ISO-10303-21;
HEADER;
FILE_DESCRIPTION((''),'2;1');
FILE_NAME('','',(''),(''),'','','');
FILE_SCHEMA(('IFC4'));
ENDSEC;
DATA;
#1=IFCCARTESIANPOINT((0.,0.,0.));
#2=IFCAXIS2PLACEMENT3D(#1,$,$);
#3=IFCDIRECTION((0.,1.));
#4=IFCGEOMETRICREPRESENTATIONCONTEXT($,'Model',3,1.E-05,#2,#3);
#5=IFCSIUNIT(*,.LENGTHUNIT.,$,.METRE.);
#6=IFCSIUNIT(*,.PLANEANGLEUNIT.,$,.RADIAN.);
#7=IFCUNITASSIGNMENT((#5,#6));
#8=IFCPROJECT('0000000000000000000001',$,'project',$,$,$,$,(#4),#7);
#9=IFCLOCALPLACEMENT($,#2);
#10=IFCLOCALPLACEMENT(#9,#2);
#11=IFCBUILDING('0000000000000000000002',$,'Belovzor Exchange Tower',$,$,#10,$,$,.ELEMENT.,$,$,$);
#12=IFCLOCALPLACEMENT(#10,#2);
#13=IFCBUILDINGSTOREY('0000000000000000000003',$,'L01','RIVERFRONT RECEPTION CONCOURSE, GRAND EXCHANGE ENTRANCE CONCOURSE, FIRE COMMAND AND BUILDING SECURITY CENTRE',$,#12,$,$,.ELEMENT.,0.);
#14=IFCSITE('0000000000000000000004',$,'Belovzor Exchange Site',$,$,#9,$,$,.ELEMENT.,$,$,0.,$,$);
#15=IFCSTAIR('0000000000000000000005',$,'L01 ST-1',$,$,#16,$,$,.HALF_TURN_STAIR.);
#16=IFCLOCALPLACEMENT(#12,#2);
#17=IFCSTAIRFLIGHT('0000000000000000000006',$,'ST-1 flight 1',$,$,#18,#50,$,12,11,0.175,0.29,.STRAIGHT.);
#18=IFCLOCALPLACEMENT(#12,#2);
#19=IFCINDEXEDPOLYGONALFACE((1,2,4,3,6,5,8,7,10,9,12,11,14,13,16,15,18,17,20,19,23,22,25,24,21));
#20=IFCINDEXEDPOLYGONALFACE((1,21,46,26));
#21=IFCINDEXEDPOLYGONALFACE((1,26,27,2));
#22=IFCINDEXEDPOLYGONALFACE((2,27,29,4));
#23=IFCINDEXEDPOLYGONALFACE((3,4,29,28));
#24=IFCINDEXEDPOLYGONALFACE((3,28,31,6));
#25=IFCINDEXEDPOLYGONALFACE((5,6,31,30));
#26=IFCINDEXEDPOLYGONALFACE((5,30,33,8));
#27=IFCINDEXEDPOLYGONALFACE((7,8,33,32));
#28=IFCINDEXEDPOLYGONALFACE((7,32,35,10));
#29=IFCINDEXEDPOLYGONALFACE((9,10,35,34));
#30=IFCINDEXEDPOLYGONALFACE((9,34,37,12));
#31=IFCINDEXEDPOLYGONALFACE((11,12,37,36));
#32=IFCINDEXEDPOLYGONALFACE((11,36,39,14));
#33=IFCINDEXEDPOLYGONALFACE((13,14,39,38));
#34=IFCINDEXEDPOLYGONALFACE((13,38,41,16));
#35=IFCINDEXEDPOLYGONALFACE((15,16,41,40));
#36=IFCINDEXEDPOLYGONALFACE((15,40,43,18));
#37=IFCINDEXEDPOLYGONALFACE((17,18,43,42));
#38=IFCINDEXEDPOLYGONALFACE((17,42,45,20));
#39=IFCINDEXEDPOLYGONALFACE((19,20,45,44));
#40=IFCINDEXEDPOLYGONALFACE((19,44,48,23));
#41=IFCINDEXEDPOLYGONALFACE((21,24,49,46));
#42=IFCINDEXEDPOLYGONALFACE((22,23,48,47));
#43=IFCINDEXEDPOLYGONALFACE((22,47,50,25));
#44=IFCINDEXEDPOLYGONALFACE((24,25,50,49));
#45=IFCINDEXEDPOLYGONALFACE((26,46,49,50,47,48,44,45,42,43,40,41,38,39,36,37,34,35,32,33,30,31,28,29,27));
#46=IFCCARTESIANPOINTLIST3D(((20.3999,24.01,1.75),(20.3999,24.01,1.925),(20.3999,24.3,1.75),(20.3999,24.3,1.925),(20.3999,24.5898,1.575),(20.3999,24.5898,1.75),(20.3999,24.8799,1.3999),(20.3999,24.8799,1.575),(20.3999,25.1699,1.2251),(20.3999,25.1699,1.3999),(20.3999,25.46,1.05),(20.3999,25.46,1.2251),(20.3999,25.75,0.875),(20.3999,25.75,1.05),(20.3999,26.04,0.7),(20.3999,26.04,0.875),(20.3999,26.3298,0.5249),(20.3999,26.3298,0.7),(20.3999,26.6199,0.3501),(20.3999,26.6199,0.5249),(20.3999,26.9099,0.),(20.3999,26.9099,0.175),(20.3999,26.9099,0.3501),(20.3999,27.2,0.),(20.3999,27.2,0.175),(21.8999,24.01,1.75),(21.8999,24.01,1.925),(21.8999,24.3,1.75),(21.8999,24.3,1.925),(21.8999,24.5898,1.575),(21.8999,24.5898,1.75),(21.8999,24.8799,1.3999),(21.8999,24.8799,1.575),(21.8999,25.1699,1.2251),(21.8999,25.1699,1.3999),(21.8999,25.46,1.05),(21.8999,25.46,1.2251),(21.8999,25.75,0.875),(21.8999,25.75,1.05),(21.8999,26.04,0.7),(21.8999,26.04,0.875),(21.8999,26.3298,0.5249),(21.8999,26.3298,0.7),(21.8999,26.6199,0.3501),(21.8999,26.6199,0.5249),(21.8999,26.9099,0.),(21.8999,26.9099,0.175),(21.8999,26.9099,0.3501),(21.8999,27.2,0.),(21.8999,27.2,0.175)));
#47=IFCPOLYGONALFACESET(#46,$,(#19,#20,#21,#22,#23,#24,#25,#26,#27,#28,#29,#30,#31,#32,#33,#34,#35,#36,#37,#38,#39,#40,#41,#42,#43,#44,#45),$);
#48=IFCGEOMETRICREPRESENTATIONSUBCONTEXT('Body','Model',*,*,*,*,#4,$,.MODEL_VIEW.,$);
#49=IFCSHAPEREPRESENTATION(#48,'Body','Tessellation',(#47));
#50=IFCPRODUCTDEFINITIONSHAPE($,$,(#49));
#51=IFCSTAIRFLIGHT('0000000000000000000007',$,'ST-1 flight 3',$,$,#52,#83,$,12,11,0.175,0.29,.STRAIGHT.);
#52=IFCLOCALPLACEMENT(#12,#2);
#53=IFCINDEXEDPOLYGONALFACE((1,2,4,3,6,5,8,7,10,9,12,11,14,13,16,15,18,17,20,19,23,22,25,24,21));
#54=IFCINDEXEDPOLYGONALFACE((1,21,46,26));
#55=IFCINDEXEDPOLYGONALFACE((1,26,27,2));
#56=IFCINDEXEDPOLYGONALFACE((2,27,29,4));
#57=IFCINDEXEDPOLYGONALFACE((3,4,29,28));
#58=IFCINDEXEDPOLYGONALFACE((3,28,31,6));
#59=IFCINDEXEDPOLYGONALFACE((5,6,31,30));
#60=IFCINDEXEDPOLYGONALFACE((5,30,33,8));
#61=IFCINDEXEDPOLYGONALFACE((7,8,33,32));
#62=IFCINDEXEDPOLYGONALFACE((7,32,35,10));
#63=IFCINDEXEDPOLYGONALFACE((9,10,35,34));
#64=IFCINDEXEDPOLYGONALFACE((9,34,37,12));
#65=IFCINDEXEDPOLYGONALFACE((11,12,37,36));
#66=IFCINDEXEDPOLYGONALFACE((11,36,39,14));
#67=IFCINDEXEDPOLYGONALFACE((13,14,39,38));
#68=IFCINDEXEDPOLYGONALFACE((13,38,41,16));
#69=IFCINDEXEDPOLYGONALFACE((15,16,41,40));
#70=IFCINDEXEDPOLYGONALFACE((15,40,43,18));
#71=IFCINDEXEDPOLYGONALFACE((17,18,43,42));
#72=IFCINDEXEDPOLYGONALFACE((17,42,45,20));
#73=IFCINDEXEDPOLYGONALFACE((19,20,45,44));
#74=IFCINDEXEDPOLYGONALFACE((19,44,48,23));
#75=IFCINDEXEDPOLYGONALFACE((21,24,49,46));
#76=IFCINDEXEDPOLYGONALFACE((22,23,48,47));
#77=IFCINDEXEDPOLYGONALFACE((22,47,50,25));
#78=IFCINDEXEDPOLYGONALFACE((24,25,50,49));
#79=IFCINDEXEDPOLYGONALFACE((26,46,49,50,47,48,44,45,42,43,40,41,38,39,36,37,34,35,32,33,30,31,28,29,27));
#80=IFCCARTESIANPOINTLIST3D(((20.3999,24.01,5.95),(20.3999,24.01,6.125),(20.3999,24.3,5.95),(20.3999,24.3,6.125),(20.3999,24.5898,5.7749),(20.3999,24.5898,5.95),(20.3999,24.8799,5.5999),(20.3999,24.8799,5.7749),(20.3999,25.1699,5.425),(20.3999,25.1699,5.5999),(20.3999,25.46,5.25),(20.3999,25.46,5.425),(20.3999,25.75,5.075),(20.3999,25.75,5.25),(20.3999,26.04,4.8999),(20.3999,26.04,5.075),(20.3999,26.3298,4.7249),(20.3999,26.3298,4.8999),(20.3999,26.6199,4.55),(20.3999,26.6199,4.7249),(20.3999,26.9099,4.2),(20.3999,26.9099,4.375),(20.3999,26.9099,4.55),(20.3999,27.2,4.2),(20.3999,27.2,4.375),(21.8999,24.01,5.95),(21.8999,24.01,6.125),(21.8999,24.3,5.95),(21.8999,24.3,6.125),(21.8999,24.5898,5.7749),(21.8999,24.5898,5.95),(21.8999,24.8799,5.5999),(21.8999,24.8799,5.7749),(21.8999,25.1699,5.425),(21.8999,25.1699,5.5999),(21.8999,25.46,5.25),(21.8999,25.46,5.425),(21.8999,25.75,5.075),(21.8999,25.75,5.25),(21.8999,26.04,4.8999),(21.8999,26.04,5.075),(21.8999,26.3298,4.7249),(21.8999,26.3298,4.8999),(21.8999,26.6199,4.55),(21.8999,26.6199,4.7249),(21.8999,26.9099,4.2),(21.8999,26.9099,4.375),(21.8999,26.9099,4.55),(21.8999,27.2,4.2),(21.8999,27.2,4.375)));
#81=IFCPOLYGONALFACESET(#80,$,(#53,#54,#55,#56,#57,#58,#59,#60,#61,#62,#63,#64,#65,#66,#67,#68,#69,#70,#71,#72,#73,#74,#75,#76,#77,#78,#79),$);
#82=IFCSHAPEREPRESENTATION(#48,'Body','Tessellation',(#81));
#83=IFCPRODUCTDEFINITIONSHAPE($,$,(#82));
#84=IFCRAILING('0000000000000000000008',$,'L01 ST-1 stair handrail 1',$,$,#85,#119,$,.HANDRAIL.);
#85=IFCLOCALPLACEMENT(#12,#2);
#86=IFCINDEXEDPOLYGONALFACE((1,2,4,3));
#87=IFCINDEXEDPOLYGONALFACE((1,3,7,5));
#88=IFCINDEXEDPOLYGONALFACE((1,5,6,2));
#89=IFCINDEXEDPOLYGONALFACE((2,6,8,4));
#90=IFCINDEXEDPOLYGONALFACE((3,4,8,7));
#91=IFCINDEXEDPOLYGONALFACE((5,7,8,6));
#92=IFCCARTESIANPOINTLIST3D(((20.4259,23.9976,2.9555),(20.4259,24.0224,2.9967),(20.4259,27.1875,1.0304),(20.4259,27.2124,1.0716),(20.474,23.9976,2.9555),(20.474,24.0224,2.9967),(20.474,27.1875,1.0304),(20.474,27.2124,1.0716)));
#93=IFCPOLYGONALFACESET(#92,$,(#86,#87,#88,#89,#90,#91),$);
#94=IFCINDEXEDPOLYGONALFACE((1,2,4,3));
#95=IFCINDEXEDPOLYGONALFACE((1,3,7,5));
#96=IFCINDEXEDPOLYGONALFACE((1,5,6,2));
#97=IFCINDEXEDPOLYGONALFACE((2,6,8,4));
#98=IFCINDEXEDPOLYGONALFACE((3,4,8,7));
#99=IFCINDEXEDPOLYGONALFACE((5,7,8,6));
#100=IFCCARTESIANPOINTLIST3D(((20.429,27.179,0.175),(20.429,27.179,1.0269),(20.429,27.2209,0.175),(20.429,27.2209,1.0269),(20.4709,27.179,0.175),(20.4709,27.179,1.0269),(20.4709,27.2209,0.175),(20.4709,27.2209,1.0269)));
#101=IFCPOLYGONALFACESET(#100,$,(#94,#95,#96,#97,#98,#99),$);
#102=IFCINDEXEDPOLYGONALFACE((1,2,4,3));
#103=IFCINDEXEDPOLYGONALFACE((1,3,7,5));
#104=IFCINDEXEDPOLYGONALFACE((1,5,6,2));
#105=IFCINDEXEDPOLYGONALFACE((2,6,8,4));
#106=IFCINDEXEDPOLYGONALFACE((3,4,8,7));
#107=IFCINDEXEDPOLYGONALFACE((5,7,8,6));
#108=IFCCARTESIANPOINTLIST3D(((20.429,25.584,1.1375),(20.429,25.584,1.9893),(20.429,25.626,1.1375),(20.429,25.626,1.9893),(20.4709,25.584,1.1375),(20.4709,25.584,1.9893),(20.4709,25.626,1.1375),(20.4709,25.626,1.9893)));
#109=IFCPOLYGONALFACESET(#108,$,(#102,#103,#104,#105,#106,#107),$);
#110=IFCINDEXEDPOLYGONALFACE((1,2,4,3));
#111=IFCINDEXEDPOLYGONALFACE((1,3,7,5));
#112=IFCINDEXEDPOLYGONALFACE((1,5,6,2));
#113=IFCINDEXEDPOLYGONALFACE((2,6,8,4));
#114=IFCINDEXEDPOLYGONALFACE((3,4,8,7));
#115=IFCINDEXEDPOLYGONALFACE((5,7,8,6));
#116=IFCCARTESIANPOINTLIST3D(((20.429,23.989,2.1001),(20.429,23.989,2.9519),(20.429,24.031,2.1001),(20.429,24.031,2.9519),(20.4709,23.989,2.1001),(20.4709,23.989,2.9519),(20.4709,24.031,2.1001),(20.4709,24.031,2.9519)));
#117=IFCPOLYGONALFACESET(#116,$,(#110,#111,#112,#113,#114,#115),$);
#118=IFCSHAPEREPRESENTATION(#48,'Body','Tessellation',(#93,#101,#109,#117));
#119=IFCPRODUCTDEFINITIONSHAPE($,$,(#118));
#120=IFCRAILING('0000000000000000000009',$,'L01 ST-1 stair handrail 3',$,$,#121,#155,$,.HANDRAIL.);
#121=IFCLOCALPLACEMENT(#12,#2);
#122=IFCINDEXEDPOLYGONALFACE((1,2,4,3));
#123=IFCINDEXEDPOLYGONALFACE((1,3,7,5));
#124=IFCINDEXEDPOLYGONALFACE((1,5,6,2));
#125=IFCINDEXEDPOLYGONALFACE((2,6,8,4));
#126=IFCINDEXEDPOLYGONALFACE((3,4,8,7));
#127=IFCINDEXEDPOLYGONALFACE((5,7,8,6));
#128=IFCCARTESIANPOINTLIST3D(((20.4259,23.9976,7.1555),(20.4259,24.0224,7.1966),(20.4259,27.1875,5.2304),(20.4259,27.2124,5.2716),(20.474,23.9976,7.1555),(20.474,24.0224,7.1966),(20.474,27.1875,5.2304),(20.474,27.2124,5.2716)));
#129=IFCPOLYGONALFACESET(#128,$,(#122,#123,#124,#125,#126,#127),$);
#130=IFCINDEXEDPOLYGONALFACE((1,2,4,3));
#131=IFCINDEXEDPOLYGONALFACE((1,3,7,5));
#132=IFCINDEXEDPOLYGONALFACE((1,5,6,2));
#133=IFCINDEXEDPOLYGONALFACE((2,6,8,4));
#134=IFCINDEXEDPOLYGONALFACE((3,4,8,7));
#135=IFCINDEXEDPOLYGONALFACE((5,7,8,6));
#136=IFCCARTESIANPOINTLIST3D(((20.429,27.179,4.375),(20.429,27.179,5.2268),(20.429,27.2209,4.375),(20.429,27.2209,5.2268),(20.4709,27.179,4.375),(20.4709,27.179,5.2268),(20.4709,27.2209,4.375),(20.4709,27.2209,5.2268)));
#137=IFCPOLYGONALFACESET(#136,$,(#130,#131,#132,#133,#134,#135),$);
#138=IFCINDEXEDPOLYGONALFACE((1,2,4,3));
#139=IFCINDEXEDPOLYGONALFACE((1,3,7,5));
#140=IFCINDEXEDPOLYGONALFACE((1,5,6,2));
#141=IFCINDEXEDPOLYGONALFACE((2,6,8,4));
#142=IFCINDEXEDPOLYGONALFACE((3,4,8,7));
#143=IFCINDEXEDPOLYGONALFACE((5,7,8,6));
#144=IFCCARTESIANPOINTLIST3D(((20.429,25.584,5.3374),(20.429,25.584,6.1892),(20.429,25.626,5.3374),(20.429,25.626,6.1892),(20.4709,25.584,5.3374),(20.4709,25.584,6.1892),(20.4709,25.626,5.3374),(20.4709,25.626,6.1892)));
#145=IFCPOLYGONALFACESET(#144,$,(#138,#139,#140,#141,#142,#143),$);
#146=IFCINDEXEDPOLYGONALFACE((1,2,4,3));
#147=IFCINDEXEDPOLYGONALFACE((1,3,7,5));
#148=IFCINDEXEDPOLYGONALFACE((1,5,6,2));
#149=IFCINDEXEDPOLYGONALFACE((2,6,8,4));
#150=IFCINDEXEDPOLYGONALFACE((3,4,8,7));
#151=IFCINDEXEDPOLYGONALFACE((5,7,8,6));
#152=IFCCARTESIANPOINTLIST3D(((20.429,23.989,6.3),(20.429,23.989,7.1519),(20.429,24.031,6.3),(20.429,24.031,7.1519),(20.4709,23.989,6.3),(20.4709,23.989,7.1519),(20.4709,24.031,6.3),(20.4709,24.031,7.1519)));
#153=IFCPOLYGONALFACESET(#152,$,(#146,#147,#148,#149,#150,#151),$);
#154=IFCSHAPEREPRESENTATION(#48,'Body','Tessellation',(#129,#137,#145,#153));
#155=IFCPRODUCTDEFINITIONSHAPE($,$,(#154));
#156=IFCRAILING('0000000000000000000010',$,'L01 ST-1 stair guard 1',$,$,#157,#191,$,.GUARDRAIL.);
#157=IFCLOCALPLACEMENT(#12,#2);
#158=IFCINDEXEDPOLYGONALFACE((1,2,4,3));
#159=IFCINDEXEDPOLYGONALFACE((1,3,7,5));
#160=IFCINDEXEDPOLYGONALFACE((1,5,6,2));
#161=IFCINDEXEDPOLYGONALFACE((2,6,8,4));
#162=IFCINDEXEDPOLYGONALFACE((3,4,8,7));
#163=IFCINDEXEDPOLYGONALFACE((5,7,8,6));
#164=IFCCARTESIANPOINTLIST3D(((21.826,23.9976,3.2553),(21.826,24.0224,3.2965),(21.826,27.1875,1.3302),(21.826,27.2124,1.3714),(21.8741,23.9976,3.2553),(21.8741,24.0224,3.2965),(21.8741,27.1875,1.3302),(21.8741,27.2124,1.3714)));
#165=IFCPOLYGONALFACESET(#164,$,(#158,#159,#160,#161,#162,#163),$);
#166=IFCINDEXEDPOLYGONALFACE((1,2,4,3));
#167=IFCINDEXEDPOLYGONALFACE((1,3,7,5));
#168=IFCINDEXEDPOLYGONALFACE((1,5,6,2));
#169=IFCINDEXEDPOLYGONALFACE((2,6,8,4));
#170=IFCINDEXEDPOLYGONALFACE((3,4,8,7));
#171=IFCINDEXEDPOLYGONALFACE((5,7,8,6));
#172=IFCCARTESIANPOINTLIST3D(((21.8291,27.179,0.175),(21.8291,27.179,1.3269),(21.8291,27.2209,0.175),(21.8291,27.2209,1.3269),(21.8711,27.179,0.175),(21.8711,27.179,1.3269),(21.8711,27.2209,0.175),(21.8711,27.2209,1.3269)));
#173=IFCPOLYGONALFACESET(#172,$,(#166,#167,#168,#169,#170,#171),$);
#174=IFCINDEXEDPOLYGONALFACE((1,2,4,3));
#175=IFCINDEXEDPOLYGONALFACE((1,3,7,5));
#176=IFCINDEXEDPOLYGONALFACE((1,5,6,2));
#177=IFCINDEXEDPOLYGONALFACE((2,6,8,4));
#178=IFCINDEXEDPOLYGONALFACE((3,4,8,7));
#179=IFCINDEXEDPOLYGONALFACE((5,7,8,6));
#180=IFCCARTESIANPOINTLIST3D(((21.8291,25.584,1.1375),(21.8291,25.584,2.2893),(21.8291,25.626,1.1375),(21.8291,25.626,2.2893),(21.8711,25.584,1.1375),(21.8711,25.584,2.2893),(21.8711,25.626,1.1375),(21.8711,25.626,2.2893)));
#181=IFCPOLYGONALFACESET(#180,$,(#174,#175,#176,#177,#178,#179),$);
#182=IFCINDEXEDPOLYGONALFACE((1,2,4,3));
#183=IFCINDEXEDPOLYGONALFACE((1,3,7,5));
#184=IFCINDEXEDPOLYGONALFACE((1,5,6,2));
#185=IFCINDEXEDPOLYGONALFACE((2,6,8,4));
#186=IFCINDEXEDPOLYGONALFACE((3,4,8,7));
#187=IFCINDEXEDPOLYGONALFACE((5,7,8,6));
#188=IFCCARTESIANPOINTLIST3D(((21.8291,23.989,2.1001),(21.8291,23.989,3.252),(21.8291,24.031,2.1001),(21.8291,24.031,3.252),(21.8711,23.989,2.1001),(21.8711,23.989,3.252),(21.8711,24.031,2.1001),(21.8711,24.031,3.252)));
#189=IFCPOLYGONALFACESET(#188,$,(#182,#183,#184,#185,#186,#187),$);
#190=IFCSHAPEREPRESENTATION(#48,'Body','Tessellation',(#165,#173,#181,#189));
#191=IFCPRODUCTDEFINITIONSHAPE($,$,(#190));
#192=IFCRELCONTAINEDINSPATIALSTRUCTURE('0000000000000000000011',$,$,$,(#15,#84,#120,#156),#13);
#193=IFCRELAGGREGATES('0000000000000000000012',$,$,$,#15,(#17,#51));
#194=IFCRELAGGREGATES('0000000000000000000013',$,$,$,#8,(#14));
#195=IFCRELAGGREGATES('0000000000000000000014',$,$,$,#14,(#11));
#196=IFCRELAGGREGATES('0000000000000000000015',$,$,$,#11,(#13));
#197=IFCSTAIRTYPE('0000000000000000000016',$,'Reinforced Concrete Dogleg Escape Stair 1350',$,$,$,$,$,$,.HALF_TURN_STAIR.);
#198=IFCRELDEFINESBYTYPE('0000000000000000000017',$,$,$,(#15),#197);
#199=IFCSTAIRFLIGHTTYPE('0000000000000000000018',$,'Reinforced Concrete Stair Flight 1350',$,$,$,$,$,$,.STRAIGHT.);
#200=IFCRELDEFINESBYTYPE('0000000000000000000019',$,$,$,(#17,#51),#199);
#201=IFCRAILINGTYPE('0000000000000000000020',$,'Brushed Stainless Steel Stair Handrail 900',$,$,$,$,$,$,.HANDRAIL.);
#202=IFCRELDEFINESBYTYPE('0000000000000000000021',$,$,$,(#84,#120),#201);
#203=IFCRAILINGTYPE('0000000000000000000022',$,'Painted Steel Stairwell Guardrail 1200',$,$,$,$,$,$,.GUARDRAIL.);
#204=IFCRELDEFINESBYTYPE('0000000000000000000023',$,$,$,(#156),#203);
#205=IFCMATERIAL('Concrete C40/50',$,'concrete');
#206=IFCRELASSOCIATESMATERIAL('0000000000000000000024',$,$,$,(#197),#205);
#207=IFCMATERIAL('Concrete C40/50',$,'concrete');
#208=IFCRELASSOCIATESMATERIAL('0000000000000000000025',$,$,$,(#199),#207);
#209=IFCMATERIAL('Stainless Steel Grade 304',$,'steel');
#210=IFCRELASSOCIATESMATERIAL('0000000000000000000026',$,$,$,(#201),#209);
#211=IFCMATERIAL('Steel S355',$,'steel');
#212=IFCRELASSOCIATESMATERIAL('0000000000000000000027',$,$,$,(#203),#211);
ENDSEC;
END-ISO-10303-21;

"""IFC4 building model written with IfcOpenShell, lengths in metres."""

from ifc_helpers import new_model, si_unit, direction, frame, origin, origin_2d, place, context, subcontext, project, spatial, polyline, rectangle, outline, extrude, material, type_object, element, aggregate, save


model = new_model("IFC4")

# Units and contexts
model_context = context("Model", 3, precision=1e-05, world=origin(), true_north=direction((0.0, 1.0)))
body_context = subcontext(model_context, "Body", "Model", "MODEL_VIEW")
ifc_project = project(units=[si_unit("LENGTHUNIT", "METRE"), si_unit("PLANEANGLEUNIT", "RADIAN")], contexts=[model_context])

# Site, building, storey
site_placement = place(None, origin())
site = spatial("IfcSite", under=ifc_project, at=site_placement, Name="Belovzor Exchange Site", CompositionType="ELEMENT", RefElevation=0.0)
building_placement = place(site_placement, origin())
building = spatial("IfcBuilding", under=site, at=building_placement, Name="Belovzor Exchange Tower", CompositionType="ELEMENT")
storey_placement = place(building_placement, origin())
storey = spatial("IfcBuildingStorey", under=building, at=storey_placement, Name="L01", Description="RIVERFRONT RECEPTION CONCOURSE, GRAND EXCHANGE ENTRANCE CONCOURSE, FIRE COMMAND AND BUILDING SECURITY CENTRE", CompositionType="ELEMENT", Elevation=0.0)

# Stair, stair flights
ifc_material_1 = material(Name="Concrete C40/50", Category="concrete")
stair_type = type_object("IfcStairType", Name="Reinforced Concrete Dogleg Escape Stair 1350", PredefinedType="HALF_TURN_STAIR", material=ifc_material_1)
stair_placement = place(storey_placement, origin())
stair = element("IfcStair", 1, at=stair_placement, inside=storey, type_object=stair_type, Name="L01 ST-1", PredefinedType="HALF_TURN_STAIR")
ifc_material_2 = material(Name="Concrete C40/50", Category="concrete")
stair_flight_type = type_object("IfcStairFlightType", Name="Reinforced Concrete Stair Flight 1350", PredefinedType="STRAIGHT", material=ifc_material_2)
stair_flight_1_placement = place(storey_placement, frame((21.1499, 27.2, 0.0), z_axis=(0.0, 0.0, 1.0), x_axis=(0.0, -1.0, 0.0)))
stair_flight_1 = element("IfcStairFlight", 2, at=stair_flight_1_placement, type_object=stair_flight_type, Name="ST-1 flight 1", NumberOfRisers=12, NumberOfTreads=11, PredefinedType="STRAIGHT", RiserHeight=0.175, TreadLength=0.29, context=body_context, shape_type="SweptSolid", body=[
    extrude(outline(polyline([(0.0, 0.0), (0.0, 0.175), (0.29, 0.175), (0.29, 0.3501), (0.5801, 0.3501), (0.5801, 0.5249), (0.8701, 0.5249), (0.8701, 0.7), (1.1599, 0.7), (1.1599, 0.875), (1.45, 0.875), (1.45, 1.05), (1.74, 1.05), (1.74, 1.2251), (2.03, 1.2251), (2.03, 1.3999), (2.3201, 1.3999), (2.3201, 1.575), (2.6101, 1.575), (2.6101, 1.75), (2.8999, 1.75), (2.8999, 1.925), (3.1899, 1.925), (3.1899, 2.1001), (3.1899, 1.75), (0.29, 0.0), (0.0, 0.0)])), frame((0.0, 0.75, 0.0), z_axis=(0.0, -1.0, 0.0), x_axis=(1.0, 0.0, 0.0)), (0.0, 0.0, 1.0), 1.5),
])
stair_flight_2_placement = place(storey_placement, frame((21.1499, 27.2, 4.2), z_axis=(0.0, 0.0, 1.0), x_axis=(0.0, -1.0, 0.0)))
stair_flight_2 = element("IfcStairFlight", 3, at=stair_flight_2_placement, type_object=stair_flight_type, Name="ST-1 flight 3", NumberOfRisers=12, NumberOfTreads=11, PredefinedType="STRAIGHT", RiserHeight=0.175, TreadLength=0.29, context=body_context, shape_type="SweptSolid", body=[
    extrude(outline(polyline([(0.0, 0.0), (0.0, 0.175), (0.29, 0.175), (0.29, 0.3501), (0.5801, 0.3501), (0.5801, 0.5249), (0.8701, 0.5249), (0.8701, 0.7), (1.1599, 0.7), (1.1599, 0.875), (1.45, 0.875), (1.45, 1.05), (1.74, 1.05), (1.74, 1.2251), (2.03, 1.2251), (2.03, 1.3999), (2.3201, 1.3999), (2.3201, 1.575), (2.6101, 1.575), (2.6101, 1.75), (2.8999, 1.75), (2.8999, 1.925), (3.1899, 1.925), (3.1899, 2.1001), (3.1899, 1.75), (0.29, 0.0), (0.0, 0.0)])), frame((0.0, 0.75, 0.0), z_axis=(0.0, -1.0, 0.0), x_axis=(1.0, 0.0, 0.0)), (0.0, 0.0, 1.0), 1.5),
])
aggregate(stair, [stair_flight_1, stair_flight_2])

# Railings
ifc_material_3 = material(Name="Stainless Steel Grade 304", Category="steel")
railing_type_1 = type_object("IfcRailingType", Name="Brushed Stainless Steel Stair Handrail 900", PredefinedType="HANDRAIL", material=ifc_material_3)
for number, where, name in (
    (4, (20.45, 27.2, 0.175), "L01 ST-1 stair handrail 1"),
    (5, (20.45, 27.2, 4.375), "L01 ST-1 stair handrail 3"),
):
    element("IfcRailing", number, at=place(storey_placement, frame(where)), inside=storey, type_object=railing_type_1, Name=name, PredefinedType="HANDRAIL", context=body_context, shape_type="SweptSolid", body=[
        extrude(rectangle(XDim=0.0481, YDim=0.0481, at=origin_2d()), frame((0.0, 0.0, 0.876), z_axis=(0.0, -0.856178, 0.516682), x_axis=(1.0, 0.0, 0.0)), (0.0, 0.0, 1.0), 3.7258),
        extrude(rectangle(XDim=0.042, YDim=0.042, at=origin_2d()), origin(), (0.0, 0.0, 1.0), 0.8518),
        extrude(rectangle(XDim=0.042, YDim=0.042, at=origin_2d()), frame((0.0, -1.595, 0.9624)), (0.0, 0.0, 1.0), 0.8518),
        extrude(rectangle(XDim=0.042, YDim=0.042, at=origin_2d()), frame((0.0, -3.1899, 1.925)), (0.0, 0.0, 1.0), 0.8518),
    ])
ifc_material_4 = material(Name="Steel S355", Category="steel")
railing_type_2 = type_object("IfcRailingType", Name="Painted Steel Stairwell Guardrail 1200", PredefinedType="GUARDRAIL", material=ifc_material_4)
railing_1_placement = place(storey_placement, frame((21.8501, 27.2, 0.175)))
element("IfcRailing", 6, at=railing_1_placement, inside=storey, type_object=railing_type_2, Name="L01 ST-1 stair guard 1", PredefinedType="GUARDRAIL", context=body_context, shape_type="SweptSolid", body=[
    extrude(rectangle(XDim=0.0481, YDim=0.0481, at=origin_2d()), frame((0.0, 0.0, 1.1758), z_axis=(0.0, -0.856178, 0.516682), x_axis=(1.0, 0.0, 0.0)), (0.0, 0.0, 1.0), 3.7258),
    extrude(rectangle(XDim=0.042, YDim=0.042, at=origin_2d()), origin(), (0.0, 0.0, 1.0), 1.1519),
    extrude(rectangle(XDim=0.042, YDim=0.042, at=origin_2d()), frame((0.0, -1.595, 0.9624)), (0.0, 0.0, 1.0), 1.1519),
    extrude(rectangle(XDim=0.042, YDim=0.042, at=origin_2d()), frame((0.0, -3.1899, 1.925)), (0.0, 0.0, 1.0), 1.1519),
])

save(model, "model.ifc")
